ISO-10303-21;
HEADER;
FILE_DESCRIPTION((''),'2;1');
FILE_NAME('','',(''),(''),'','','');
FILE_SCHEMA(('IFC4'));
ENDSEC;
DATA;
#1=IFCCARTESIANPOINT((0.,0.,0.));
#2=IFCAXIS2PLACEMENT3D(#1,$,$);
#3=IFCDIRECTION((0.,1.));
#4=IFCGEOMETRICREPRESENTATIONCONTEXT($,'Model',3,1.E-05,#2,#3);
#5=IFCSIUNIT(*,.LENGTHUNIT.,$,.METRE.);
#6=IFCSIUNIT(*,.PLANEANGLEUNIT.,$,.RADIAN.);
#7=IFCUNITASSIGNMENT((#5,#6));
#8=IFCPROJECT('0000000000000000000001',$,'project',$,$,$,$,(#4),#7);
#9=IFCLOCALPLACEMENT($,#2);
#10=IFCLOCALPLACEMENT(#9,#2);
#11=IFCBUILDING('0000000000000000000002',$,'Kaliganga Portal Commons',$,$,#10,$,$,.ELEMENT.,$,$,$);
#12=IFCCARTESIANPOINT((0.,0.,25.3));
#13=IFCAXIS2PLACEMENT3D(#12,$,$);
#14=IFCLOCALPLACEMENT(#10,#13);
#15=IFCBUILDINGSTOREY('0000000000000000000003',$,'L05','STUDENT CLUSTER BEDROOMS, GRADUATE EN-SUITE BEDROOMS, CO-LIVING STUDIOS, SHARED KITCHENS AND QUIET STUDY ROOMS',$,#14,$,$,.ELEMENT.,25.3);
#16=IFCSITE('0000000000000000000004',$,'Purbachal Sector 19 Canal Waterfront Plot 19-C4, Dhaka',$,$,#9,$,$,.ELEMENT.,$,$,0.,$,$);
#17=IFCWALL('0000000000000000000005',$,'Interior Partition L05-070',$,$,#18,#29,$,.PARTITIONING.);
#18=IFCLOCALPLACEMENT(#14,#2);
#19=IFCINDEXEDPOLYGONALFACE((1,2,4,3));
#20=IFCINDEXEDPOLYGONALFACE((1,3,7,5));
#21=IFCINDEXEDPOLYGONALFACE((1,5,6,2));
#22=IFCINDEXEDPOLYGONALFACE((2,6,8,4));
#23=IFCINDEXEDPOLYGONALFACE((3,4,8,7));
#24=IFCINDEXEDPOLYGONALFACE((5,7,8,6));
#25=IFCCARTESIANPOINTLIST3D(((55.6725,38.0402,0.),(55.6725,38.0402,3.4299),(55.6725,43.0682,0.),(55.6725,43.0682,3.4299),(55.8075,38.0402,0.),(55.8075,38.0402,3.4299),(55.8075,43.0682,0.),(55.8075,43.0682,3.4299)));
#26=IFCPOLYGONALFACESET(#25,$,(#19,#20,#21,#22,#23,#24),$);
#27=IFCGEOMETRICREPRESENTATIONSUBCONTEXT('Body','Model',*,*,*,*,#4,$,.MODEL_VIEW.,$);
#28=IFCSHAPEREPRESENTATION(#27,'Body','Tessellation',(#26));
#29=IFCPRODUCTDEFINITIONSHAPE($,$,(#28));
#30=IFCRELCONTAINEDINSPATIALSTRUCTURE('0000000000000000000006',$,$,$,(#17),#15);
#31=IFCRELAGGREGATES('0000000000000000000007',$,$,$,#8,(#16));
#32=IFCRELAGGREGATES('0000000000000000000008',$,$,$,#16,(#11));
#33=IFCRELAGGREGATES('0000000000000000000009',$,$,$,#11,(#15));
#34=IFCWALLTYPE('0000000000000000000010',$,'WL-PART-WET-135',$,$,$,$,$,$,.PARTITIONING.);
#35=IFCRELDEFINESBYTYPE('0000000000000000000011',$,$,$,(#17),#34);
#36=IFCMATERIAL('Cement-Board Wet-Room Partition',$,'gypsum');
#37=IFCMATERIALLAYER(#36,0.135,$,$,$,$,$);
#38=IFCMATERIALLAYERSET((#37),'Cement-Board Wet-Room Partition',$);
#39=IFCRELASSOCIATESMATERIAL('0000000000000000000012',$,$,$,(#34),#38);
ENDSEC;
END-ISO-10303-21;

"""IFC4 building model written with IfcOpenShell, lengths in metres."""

from ifc_helpers import new_model, si_unit, direction, frame, frame_2d, origin, place, context, subcontext, project, spatial, rectangle, extrude, material, layer, layer_set, type_object, element, save


model = new_model("IFC4")

# Units and contexts
model_context = context("Model", 3, precision=1e-05, world=origin(), true_north=direction((0.0, 1.0)))
body_context = subcontext(model_context, "Body", "Model", "MODEL_VIEW")
ifc_project = project(units=[si_unit("LENGTHUNIT", "METRE"), si_unit("PLANEANGLEUNIT", "RADIAN")], contexts=[model_context])

# Site, building, storey
site_placement = place(None, origin())
site = spatial("IfcSite", under=ifc_project, at=site_placement, Name="Purbachal Sector 19 Canal Waterfront Plot 19-C4, Dhaka", CompositionType="ELEMENT", RefElevation=0.0)
building_placement = place(site_placement, origin())
building = spatial("IfcBuilding", under=site, at=building_placement, Name="Kaliganga Portal Commons", CompositionType="ELEMENT")
storey_placement = place(building_placement, frame((0.0, 0.0, 25.3)))
storey = spatial("IfcBuildingStorey", under=building, at=storey_placement, Name="L05", Description="STUDENT CLUSTER BEDROOMS, GRADUATE EN-SUITE BEDROOMS, CO-LIVING STUDIOS, SHARED KITCHENS AND QUIET STUDY ROOMS", CompositionType="ELEMENT", Elevation=25.3)

# Wall
ifc_material_1 = material(Name="Cement-Board Wet-Room Partition", Category="gypsum")
ifc_layer_1 = layer(ifc_material_1, 0.135)
ifc_layer_set_1 = layer_set([ifc_layer_1], Name="Cement-Board Wet-Room Partition")
wall_type_1 = type_object("IfcWallType", Name="WL-PART-WET-135", PredefinedType="PARTITIONING", material=ifc_layer_set_1)
wall_1_placement = place(storey_placement, frame((55.74, 38.04, 0.0), z_axis=(0.0, 0.0, 1.0), x_axis=(0.0, 1.0, 0.0)))
element("IfcWall", 1, at=wall_1_placement, inside=storey, type_object=wall_type_1, Name="Interior Partition L05-070", PredefinedType="PARTITIONING", context=body_context, shape_type="SweptSolid", body=[
    extrude(rectangle(XDim=5.0281, YDim=0.135, at=frame_2d((2.5142, 0.0))), origin(), (0.0, 0.0, 1.0), 3.4299),
])

save(model, "model.ifc")
